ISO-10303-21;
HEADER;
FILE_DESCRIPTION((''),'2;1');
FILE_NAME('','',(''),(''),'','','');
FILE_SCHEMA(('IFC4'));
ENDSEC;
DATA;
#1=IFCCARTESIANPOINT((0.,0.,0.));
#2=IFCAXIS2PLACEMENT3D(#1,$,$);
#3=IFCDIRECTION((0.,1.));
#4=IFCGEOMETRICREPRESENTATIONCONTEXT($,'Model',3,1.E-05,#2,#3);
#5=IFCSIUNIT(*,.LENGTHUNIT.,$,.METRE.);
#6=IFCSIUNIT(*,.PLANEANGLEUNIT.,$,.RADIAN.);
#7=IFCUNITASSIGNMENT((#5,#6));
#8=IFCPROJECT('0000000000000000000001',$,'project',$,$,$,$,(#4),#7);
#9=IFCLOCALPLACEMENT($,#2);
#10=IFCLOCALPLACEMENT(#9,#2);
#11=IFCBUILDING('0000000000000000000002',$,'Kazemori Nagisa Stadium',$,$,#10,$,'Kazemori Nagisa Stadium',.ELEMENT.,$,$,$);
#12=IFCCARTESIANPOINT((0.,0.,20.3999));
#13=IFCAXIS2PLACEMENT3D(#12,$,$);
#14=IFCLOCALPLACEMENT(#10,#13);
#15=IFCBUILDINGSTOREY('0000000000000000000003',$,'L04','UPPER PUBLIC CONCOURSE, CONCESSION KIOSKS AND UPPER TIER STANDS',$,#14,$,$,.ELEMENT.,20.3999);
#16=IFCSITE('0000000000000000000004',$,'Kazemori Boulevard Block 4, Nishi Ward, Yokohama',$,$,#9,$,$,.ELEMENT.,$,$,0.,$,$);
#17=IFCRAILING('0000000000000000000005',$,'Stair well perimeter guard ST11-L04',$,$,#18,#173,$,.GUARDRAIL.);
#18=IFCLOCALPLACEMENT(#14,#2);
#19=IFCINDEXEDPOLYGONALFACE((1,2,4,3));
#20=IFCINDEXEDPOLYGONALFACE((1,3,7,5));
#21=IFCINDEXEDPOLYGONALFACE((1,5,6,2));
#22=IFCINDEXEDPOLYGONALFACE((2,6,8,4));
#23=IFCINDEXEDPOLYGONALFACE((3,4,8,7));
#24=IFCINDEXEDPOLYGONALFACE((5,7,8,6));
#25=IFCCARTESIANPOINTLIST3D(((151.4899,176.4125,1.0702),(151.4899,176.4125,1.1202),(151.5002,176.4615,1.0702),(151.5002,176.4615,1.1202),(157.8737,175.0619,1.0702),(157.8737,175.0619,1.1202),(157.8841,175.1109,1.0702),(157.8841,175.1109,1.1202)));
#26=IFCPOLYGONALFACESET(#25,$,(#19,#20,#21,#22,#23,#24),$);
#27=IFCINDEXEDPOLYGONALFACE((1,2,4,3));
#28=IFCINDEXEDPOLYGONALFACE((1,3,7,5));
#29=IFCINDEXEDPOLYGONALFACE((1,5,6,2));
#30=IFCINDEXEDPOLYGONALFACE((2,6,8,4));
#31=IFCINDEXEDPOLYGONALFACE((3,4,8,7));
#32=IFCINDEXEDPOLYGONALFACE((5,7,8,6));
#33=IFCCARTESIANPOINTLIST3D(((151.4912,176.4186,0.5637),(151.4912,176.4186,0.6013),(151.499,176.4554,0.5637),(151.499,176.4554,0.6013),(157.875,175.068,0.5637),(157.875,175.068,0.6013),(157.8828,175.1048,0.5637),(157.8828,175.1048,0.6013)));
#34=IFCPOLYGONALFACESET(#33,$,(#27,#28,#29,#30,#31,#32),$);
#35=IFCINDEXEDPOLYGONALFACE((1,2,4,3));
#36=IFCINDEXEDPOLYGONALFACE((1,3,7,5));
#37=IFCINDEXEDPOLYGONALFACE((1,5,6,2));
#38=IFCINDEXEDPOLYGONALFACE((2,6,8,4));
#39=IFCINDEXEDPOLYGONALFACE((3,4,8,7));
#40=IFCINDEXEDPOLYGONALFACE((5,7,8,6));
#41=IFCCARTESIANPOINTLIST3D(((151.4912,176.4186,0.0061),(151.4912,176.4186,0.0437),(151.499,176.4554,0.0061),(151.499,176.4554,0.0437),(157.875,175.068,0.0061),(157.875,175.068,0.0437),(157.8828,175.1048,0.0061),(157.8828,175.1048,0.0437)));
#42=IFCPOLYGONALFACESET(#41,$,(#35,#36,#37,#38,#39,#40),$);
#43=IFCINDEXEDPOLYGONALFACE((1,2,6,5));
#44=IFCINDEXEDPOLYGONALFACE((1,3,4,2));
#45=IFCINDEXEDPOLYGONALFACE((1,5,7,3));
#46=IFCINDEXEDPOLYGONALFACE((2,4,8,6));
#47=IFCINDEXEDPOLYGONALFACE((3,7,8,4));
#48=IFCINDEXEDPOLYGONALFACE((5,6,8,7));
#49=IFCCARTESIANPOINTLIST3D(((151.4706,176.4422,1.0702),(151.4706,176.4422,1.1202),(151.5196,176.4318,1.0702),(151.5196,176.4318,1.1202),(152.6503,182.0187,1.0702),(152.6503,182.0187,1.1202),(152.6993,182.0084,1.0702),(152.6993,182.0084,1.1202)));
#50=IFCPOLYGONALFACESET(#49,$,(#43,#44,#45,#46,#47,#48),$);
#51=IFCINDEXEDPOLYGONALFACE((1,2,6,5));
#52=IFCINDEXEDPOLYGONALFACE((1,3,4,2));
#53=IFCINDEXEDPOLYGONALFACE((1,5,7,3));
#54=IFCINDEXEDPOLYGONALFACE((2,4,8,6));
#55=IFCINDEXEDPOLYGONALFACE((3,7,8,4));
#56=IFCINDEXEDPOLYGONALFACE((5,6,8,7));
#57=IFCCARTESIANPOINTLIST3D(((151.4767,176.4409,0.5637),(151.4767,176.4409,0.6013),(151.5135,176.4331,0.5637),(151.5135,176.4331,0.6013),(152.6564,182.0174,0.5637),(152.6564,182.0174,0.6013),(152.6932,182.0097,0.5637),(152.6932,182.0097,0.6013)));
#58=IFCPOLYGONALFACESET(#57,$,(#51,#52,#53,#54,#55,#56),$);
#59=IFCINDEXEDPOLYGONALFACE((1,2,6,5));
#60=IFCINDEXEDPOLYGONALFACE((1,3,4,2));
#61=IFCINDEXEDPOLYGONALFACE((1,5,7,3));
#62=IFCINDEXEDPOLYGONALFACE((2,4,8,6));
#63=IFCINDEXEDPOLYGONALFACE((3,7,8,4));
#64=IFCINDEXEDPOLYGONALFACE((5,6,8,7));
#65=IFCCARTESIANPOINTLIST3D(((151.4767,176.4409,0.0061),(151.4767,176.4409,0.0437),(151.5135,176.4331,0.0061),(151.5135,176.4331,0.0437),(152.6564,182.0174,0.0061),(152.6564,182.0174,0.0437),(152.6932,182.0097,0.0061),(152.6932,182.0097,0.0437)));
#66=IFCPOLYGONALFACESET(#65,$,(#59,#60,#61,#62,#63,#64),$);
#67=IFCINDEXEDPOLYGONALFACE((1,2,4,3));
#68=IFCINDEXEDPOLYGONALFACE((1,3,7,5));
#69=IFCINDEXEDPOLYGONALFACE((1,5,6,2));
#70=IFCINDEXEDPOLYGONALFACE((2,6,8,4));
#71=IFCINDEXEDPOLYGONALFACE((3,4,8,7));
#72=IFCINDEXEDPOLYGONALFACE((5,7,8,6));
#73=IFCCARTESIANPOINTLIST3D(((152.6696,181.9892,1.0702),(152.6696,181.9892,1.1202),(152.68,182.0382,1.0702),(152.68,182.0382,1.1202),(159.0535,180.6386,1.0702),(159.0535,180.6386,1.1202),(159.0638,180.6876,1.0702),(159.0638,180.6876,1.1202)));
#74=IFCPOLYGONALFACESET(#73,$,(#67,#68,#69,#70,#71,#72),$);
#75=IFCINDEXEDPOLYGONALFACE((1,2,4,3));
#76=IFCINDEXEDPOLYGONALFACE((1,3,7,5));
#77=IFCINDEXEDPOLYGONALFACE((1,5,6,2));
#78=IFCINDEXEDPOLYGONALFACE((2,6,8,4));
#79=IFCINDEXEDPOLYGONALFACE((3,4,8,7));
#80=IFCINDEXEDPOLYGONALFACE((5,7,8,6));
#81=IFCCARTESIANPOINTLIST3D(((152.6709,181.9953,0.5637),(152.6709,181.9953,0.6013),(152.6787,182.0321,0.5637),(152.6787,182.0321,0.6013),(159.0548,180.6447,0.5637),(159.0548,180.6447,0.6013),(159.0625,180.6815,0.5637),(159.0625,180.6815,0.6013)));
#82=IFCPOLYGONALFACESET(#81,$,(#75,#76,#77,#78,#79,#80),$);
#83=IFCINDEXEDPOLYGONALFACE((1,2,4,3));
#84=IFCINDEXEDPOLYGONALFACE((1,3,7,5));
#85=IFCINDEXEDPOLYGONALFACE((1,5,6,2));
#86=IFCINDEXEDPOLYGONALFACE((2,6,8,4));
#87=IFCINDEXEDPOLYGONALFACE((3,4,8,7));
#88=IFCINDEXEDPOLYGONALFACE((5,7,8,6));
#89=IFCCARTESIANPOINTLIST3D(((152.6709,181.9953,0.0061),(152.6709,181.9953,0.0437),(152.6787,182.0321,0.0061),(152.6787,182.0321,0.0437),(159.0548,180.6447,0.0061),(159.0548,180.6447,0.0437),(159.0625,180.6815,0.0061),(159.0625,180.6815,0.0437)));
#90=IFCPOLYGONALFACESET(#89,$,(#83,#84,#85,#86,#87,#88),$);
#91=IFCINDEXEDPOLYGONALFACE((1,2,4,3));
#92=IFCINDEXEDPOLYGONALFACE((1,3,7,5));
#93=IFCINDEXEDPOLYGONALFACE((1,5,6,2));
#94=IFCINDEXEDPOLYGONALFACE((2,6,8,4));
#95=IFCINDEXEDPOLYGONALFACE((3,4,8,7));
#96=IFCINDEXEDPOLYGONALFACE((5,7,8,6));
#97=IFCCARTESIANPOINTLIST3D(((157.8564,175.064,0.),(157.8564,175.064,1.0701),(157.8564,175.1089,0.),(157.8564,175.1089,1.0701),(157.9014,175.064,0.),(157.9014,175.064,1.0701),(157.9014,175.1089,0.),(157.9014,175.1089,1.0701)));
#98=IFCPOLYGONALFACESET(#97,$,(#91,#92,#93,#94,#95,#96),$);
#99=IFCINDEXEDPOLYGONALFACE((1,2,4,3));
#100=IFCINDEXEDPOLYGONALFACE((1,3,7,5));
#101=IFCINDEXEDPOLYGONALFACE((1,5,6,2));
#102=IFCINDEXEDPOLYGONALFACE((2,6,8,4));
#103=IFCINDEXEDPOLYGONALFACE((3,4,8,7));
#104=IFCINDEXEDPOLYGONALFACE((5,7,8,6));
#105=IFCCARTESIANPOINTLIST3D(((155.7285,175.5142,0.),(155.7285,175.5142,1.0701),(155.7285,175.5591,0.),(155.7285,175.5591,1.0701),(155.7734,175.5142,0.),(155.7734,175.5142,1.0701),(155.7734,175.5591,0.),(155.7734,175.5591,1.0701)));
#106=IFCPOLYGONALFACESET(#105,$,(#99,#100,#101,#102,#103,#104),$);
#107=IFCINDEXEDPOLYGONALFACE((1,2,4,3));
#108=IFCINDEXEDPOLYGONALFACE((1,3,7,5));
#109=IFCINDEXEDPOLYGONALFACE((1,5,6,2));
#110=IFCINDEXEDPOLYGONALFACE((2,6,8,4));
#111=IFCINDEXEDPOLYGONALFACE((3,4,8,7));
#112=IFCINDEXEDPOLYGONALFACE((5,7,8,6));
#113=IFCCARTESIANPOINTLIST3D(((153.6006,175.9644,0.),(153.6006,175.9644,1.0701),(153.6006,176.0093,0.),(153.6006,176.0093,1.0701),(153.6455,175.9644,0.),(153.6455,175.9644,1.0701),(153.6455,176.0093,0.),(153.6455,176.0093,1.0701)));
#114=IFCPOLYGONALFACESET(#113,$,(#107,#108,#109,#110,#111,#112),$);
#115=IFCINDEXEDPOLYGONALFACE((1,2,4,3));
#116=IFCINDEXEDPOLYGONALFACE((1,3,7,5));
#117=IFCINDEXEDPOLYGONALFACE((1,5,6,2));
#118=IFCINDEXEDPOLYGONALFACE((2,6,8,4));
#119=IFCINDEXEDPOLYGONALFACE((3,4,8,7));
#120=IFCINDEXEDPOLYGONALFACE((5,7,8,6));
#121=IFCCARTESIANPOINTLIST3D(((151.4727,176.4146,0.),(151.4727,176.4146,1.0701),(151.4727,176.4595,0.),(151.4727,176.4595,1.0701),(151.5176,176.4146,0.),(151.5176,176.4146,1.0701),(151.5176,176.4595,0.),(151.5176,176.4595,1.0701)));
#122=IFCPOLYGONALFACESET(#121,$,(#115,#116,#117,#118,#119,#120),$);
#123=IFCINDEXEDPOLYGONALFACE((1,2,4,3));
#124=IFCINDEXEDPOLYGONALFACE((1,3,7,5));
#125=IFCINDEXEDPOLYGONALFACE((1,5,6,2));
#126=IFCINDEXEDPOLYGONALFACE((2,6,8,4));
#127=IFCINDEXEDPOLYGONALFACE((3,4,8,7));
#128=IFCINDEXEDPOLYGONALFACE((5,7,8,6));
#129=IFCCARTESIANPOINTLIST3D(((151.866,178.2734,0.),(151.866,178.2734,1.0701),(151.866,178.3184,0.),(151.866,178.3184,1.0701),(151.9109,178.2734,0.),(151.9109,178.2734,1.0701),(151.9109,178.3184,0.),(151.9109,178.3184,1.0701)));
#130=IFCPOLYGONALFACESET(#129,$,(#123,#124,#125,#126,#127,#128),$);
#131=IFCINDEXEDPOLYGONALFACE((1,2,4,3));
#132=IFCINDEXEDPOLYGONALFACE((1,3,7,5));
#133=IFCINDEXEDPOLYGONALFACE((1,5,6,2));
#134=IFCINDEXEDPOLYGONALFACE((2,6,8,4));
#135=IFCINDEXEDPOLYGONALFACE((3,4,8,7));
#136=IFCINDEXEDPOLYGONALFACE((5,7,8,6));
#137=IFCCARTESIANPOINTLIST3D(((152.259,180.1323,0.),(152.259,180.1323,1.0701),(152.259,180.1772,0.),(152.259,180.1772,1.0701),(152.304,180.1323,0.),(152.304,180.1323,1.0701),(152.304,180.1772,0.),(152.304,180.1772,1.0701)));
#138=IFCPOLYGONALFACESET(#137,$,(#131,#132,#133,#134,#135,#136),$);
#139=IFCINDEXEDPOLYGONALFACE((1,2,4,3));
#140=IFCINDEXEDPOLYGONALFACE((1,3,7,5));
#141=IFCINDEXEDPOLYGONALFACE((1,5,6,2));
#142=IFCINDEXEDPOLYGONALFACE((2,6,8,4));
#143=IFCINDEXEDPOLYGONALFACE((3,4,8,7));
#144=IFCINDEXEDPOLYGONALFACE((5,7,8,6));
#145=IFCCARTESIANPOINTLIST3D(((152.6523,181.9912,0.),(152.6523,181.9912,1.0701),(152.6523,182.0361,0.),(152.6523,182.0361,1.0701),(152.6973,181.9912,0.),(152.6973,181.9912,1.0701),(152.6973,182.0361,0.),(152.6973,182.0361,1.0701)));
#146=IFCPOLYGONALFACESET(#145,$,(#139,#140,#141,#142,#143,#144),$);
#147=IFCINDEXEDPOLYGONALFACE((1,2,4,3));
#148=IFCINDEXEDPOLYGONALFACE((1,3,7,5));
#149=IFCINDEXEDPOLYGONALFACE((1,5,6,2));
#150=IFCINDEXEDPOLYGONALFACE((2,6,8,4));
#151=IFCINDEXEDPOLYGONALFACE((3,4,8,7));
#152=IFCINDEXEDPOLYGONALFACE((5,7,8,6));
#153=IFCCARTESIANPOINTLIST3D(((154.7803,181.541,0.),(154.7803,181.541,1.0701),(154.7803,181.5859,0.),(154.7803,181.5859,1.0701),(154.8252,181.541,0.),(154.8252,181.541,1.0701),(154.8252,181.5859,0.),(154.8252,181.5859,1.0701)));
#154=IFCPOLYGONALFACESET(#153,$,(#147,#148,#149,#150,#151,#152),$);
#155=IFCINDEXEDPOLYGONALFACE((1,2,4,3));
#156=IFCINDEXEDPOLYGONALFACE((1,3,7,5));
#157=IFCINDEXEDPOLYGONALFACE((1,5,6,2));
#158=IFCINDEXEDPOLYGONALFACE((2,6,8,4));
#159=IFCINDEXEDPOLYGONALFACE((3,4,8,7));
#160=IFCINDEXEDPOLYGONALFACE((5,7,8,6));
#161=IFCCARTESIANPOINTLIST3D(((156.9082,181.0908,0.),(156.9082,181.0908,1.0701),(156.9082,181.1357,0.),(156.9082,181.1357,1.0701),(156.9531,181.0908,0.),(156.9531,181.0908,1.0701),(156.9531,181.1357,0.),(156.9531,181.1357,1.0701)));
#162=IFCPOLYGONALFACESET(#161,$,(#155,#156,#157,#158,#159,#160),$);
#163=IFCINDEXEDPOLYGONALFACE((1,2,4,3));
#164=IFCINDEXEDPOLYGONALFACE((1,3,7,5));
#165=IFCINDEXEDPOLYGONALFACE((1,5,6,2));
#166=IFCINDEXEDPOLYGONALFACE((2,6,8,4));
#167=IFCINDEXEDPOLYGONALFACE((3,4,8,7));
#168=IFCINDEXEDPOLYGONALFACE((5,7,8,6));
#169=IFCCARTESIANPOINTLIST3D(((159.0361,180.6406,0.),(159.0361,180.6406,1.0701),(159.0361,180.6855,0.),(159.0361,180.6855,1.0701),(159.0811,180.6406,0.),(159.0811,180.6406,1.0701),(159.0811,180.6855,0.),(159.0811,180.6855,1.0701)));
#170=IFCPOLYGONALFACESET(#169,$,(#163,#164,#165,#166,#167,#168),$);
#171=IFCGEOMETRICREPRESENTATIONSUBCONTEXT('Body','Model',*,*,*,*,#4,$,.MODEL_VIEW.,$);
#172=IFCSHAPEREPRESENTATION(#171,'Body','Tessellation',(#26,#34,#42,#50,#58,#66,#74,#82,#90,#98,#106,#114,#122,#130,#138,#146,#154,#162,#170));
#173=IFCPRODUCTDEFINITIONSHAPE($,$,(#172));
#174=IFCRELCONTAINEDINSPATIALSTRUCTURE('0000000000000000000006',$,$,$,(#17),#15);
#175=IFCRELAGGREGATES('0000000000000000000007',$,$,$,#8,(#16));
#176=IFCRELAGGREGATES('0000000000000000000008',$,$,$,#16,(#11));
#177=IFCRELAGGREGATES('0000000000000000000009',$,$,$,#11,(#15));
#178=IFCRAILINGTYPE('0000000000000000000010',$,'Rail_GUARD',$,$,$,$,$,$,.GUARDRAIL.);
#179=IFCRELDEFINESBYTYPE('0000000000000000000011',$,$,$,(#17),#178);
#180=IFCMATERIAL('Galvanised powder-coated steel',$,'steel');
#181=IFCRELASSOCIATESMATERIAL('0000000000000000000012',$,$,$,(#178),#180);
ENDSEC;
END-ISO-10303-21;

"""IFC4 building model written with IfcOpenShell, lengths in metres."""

from ifc_helpers import new_model, si_unit, direction, frame, origin, origin_2d, place, context, subcontext, project, spatial, rectangle, extrude, material, type_object, element, save


model = new_model("IFC4")

# Units and contexts
model_context = context("Model", 3, precision=1e-05, world=origin(), true_north=direction((0.0, 1.0)))
body_context = subcontext(model_context, "Body", "Model", "MODEL_VIEW")
ifc_project = project(units=[si_unit("LENGTHUNIT", "METRE"), si_unit("PLANEANGLEUNIT", "RADIAN")], contexts=[model_context])

# Site, building, storey
site_placement = place(None, origin())
site = spatial("IfcSite", under=ifc_project, at=site_placement, Name="Kazemori Boulevard Block 4, Nishi Ward, Yokohama", CompositionType="ELEMENT", RefElevation=0.0)
building_placement = place(site_placement, origin())
building = spatial("IfcBuilding", under=site, at=building_placement, Name="Kazemori Nagisa Stadium", LongName="Kazemori Nagisa Stadium", CompositionType="ELEMENT")
storey_placement = place(building_placement, frame((0.0, 0.0, 20.3999)))
storey = spatial("IfcBuildingStorey", under=building, at=storey_placement, Name="L04", Description="UPPER PUBLIC CONCOURSE, CONCESSION KIOSKS AND UPPER TIER STANDS", CompositionType="ELEMENT", Elevation=20.3999)

# Railing
ifc_material_1 = material(Name="Galvanised powder-coated steel", Category="steel")
railing_type_1 = type_object("IfcRailingType", Name="Rail_GUARD", PredefinedType="GUARDRAIL", material=ifc_material_1)
railing_1_placement = place(storey_placement, frame((157.8789, 175.0864, 0.0)))
element("IfcRailing", 1, at=railing_1_placement, inside=storey, type_object=railing_type_1, Name="Stair well perimeter guard ST11-L04", PredefinedType="GUARDRAIL", context=body_context, shape_type="SweptSolid", body=[
    extrude(rectangle(XDim=0.05, YDim=0.05, at=origin_2d()), frame((0.0, 0.0, 1.0952), z_axis=(-0.978344, 0.206983, 0.0), x_axis=(-0.206983, -0.978344, 0.0)), (0.0, 0.0, 1.0), 6.5251),
    extrude(rectangle(XDim=0.0376, YDim=0.0376, at=origin_2d()), frame((0.0, 0.0, 0.5825), z_axis=(-0.978344, 0.206983, 0.0), x_axis=(-0.206983, -0.978344, 0.0)), (0.0, 0.0, 1.0), 6.5251),
    extrude(rectangle(XDim=0.0376, YDim=0.0376, at=origin_2d()), frame((0.0, 0.0, 0.0249), z_axis=(-0.978344, 0.206983, 0.0), x_axis=(-0.206983, -0.978344, 0.0)), (0.0, 0.0, 1.0), 6.5251),
    extrude(rectangle(XDim=0.05, YDim=0.05, at=origin_2d()), frame((-6.3838, 1.3506, 1.0952), z_axis=(0.20696, 0.978349, 0.0), x_axis=(-0.978349, 0.20696, 0.0)), (0.0, 0.0, 1.0), 5.7),
    extrude(rectangle(XDim=0.0376, YDim=0.0376, at=origin_2d()), frame((-6.3838, 1.3506, 0.5825), z_axis=(0.20696, 0.978349, 0.0), x_axis=(-0.978349, 0.20696, 0.0)), (0.0, 0.0, 1.0), 5.7),
    extrude(rectangle(XDim=0.0376, YDim=0.0376, at=origin_2d()), frame((-6.3838, 1.3506, 0.0249), z_axis=(0.20696, 0.978349, 0.0), x_axis=(-0.978349, 0.20696, 0.0)), (0.0, 0.0, 1.0), 5.7),
    extrude(rectangle(XDim=0.05, YDim=0.05, at=origin_2d()), frame((-5.2041, 6.9272, 1.0952), z_axis=(0.978344, -0.206983, 0.0), x_axis=(0.206983, 0.978344, 0.0)), (0.0, 0.0, 1.0), 6.5251),
    extrude(rectangle(XDim=0.0376, YDim=0.0376, at=origin_2d()), frame((-5.2041, 6.9272, 0.5825), z_axis=(0.978344, -0.206983, 0.0), x_axis=(0.206983, 0.978344, 0.0)), (0.0, 0.0, 1.0), 6.5251),
    extrude(rectangle(XDim=0.0376, YDim=0.0376, at=origin_2d()), frame((-5.2041, 6.9272, 0.0249), z_axis=(0.978344, -0.206983, 0.0), x_axis=(0.206983, 0.978344, 0.0)), (0.0, 0.0, 1.0), 6.5251),
    extrude(rectangle(XDim=0.0449, YDim=0.0449, at=origin_2d()), origin(), (0.0, 0.0, 1.0), 1.0701),
    extrude(rectangle(XDim=0.0449, YDim=0.0449, at=origin_2d()), frame((-2.1279, 0.4502, 0.0)), (0.0, 0.0, 1.0), 1.0701),
    extrude(rectangle(XDim=0.0449, YDim=0.0449, at=origin_2d()), frame((-4.2559, 0.9004, 0.0)), (0.0, 0.0, 1.0), 1.0701),
    extrude(rectangle(XDim=0.0449, YDim=0.0449, at=origin_2d()), frame((-6.3838, 1.3506, 0.0)), (0.0, 0.0, 1.0), 1.0701),
    extrude(rectangle(XDim=0.0449, YDim=0.0449, at=origin_2d()), frame((-5.9905, 3.2095, 0.0)), (0.0, 0.0, 1.0), 1.0701),
    extrude(rectangle(XDim=0.0449, YDim=0.0449, at=origin_2d()), frame((-5.5974, 5.0684, 0.0)), (0.0, 0.0, 1.0), 1.0701),
    extrude(rectangle(XDim=0.0449, YDim=0.0449, at=origin_2d()), frame((-5.2041, 6.9272, 0.0)), (0.0, 0.0, 1.0), 1.0701),
    extrude(rectangle(XDim=0.0449, YDim=0.0449, at=origin_2d()), frame((-3.0762, 6.4771, 0.0)), (0.0, 0.0, 1.0), 1.0701),
    extrude(rectangle(XDim=0.0449, YDim=0.0449, at=origin_2d()), frame((-0.9482, 6.0269, 0.0)), (0.0, 0.0, 1.0), 1.0701),
    extrude(rectangle(XDim=0.0449, YDim=0.0449, at=origin_2d()), frame((1.1797, 5.5767, 0.0)), (0.0, 0.0, 1.0), 1.0701),
])

save(model, "model.ifc")
